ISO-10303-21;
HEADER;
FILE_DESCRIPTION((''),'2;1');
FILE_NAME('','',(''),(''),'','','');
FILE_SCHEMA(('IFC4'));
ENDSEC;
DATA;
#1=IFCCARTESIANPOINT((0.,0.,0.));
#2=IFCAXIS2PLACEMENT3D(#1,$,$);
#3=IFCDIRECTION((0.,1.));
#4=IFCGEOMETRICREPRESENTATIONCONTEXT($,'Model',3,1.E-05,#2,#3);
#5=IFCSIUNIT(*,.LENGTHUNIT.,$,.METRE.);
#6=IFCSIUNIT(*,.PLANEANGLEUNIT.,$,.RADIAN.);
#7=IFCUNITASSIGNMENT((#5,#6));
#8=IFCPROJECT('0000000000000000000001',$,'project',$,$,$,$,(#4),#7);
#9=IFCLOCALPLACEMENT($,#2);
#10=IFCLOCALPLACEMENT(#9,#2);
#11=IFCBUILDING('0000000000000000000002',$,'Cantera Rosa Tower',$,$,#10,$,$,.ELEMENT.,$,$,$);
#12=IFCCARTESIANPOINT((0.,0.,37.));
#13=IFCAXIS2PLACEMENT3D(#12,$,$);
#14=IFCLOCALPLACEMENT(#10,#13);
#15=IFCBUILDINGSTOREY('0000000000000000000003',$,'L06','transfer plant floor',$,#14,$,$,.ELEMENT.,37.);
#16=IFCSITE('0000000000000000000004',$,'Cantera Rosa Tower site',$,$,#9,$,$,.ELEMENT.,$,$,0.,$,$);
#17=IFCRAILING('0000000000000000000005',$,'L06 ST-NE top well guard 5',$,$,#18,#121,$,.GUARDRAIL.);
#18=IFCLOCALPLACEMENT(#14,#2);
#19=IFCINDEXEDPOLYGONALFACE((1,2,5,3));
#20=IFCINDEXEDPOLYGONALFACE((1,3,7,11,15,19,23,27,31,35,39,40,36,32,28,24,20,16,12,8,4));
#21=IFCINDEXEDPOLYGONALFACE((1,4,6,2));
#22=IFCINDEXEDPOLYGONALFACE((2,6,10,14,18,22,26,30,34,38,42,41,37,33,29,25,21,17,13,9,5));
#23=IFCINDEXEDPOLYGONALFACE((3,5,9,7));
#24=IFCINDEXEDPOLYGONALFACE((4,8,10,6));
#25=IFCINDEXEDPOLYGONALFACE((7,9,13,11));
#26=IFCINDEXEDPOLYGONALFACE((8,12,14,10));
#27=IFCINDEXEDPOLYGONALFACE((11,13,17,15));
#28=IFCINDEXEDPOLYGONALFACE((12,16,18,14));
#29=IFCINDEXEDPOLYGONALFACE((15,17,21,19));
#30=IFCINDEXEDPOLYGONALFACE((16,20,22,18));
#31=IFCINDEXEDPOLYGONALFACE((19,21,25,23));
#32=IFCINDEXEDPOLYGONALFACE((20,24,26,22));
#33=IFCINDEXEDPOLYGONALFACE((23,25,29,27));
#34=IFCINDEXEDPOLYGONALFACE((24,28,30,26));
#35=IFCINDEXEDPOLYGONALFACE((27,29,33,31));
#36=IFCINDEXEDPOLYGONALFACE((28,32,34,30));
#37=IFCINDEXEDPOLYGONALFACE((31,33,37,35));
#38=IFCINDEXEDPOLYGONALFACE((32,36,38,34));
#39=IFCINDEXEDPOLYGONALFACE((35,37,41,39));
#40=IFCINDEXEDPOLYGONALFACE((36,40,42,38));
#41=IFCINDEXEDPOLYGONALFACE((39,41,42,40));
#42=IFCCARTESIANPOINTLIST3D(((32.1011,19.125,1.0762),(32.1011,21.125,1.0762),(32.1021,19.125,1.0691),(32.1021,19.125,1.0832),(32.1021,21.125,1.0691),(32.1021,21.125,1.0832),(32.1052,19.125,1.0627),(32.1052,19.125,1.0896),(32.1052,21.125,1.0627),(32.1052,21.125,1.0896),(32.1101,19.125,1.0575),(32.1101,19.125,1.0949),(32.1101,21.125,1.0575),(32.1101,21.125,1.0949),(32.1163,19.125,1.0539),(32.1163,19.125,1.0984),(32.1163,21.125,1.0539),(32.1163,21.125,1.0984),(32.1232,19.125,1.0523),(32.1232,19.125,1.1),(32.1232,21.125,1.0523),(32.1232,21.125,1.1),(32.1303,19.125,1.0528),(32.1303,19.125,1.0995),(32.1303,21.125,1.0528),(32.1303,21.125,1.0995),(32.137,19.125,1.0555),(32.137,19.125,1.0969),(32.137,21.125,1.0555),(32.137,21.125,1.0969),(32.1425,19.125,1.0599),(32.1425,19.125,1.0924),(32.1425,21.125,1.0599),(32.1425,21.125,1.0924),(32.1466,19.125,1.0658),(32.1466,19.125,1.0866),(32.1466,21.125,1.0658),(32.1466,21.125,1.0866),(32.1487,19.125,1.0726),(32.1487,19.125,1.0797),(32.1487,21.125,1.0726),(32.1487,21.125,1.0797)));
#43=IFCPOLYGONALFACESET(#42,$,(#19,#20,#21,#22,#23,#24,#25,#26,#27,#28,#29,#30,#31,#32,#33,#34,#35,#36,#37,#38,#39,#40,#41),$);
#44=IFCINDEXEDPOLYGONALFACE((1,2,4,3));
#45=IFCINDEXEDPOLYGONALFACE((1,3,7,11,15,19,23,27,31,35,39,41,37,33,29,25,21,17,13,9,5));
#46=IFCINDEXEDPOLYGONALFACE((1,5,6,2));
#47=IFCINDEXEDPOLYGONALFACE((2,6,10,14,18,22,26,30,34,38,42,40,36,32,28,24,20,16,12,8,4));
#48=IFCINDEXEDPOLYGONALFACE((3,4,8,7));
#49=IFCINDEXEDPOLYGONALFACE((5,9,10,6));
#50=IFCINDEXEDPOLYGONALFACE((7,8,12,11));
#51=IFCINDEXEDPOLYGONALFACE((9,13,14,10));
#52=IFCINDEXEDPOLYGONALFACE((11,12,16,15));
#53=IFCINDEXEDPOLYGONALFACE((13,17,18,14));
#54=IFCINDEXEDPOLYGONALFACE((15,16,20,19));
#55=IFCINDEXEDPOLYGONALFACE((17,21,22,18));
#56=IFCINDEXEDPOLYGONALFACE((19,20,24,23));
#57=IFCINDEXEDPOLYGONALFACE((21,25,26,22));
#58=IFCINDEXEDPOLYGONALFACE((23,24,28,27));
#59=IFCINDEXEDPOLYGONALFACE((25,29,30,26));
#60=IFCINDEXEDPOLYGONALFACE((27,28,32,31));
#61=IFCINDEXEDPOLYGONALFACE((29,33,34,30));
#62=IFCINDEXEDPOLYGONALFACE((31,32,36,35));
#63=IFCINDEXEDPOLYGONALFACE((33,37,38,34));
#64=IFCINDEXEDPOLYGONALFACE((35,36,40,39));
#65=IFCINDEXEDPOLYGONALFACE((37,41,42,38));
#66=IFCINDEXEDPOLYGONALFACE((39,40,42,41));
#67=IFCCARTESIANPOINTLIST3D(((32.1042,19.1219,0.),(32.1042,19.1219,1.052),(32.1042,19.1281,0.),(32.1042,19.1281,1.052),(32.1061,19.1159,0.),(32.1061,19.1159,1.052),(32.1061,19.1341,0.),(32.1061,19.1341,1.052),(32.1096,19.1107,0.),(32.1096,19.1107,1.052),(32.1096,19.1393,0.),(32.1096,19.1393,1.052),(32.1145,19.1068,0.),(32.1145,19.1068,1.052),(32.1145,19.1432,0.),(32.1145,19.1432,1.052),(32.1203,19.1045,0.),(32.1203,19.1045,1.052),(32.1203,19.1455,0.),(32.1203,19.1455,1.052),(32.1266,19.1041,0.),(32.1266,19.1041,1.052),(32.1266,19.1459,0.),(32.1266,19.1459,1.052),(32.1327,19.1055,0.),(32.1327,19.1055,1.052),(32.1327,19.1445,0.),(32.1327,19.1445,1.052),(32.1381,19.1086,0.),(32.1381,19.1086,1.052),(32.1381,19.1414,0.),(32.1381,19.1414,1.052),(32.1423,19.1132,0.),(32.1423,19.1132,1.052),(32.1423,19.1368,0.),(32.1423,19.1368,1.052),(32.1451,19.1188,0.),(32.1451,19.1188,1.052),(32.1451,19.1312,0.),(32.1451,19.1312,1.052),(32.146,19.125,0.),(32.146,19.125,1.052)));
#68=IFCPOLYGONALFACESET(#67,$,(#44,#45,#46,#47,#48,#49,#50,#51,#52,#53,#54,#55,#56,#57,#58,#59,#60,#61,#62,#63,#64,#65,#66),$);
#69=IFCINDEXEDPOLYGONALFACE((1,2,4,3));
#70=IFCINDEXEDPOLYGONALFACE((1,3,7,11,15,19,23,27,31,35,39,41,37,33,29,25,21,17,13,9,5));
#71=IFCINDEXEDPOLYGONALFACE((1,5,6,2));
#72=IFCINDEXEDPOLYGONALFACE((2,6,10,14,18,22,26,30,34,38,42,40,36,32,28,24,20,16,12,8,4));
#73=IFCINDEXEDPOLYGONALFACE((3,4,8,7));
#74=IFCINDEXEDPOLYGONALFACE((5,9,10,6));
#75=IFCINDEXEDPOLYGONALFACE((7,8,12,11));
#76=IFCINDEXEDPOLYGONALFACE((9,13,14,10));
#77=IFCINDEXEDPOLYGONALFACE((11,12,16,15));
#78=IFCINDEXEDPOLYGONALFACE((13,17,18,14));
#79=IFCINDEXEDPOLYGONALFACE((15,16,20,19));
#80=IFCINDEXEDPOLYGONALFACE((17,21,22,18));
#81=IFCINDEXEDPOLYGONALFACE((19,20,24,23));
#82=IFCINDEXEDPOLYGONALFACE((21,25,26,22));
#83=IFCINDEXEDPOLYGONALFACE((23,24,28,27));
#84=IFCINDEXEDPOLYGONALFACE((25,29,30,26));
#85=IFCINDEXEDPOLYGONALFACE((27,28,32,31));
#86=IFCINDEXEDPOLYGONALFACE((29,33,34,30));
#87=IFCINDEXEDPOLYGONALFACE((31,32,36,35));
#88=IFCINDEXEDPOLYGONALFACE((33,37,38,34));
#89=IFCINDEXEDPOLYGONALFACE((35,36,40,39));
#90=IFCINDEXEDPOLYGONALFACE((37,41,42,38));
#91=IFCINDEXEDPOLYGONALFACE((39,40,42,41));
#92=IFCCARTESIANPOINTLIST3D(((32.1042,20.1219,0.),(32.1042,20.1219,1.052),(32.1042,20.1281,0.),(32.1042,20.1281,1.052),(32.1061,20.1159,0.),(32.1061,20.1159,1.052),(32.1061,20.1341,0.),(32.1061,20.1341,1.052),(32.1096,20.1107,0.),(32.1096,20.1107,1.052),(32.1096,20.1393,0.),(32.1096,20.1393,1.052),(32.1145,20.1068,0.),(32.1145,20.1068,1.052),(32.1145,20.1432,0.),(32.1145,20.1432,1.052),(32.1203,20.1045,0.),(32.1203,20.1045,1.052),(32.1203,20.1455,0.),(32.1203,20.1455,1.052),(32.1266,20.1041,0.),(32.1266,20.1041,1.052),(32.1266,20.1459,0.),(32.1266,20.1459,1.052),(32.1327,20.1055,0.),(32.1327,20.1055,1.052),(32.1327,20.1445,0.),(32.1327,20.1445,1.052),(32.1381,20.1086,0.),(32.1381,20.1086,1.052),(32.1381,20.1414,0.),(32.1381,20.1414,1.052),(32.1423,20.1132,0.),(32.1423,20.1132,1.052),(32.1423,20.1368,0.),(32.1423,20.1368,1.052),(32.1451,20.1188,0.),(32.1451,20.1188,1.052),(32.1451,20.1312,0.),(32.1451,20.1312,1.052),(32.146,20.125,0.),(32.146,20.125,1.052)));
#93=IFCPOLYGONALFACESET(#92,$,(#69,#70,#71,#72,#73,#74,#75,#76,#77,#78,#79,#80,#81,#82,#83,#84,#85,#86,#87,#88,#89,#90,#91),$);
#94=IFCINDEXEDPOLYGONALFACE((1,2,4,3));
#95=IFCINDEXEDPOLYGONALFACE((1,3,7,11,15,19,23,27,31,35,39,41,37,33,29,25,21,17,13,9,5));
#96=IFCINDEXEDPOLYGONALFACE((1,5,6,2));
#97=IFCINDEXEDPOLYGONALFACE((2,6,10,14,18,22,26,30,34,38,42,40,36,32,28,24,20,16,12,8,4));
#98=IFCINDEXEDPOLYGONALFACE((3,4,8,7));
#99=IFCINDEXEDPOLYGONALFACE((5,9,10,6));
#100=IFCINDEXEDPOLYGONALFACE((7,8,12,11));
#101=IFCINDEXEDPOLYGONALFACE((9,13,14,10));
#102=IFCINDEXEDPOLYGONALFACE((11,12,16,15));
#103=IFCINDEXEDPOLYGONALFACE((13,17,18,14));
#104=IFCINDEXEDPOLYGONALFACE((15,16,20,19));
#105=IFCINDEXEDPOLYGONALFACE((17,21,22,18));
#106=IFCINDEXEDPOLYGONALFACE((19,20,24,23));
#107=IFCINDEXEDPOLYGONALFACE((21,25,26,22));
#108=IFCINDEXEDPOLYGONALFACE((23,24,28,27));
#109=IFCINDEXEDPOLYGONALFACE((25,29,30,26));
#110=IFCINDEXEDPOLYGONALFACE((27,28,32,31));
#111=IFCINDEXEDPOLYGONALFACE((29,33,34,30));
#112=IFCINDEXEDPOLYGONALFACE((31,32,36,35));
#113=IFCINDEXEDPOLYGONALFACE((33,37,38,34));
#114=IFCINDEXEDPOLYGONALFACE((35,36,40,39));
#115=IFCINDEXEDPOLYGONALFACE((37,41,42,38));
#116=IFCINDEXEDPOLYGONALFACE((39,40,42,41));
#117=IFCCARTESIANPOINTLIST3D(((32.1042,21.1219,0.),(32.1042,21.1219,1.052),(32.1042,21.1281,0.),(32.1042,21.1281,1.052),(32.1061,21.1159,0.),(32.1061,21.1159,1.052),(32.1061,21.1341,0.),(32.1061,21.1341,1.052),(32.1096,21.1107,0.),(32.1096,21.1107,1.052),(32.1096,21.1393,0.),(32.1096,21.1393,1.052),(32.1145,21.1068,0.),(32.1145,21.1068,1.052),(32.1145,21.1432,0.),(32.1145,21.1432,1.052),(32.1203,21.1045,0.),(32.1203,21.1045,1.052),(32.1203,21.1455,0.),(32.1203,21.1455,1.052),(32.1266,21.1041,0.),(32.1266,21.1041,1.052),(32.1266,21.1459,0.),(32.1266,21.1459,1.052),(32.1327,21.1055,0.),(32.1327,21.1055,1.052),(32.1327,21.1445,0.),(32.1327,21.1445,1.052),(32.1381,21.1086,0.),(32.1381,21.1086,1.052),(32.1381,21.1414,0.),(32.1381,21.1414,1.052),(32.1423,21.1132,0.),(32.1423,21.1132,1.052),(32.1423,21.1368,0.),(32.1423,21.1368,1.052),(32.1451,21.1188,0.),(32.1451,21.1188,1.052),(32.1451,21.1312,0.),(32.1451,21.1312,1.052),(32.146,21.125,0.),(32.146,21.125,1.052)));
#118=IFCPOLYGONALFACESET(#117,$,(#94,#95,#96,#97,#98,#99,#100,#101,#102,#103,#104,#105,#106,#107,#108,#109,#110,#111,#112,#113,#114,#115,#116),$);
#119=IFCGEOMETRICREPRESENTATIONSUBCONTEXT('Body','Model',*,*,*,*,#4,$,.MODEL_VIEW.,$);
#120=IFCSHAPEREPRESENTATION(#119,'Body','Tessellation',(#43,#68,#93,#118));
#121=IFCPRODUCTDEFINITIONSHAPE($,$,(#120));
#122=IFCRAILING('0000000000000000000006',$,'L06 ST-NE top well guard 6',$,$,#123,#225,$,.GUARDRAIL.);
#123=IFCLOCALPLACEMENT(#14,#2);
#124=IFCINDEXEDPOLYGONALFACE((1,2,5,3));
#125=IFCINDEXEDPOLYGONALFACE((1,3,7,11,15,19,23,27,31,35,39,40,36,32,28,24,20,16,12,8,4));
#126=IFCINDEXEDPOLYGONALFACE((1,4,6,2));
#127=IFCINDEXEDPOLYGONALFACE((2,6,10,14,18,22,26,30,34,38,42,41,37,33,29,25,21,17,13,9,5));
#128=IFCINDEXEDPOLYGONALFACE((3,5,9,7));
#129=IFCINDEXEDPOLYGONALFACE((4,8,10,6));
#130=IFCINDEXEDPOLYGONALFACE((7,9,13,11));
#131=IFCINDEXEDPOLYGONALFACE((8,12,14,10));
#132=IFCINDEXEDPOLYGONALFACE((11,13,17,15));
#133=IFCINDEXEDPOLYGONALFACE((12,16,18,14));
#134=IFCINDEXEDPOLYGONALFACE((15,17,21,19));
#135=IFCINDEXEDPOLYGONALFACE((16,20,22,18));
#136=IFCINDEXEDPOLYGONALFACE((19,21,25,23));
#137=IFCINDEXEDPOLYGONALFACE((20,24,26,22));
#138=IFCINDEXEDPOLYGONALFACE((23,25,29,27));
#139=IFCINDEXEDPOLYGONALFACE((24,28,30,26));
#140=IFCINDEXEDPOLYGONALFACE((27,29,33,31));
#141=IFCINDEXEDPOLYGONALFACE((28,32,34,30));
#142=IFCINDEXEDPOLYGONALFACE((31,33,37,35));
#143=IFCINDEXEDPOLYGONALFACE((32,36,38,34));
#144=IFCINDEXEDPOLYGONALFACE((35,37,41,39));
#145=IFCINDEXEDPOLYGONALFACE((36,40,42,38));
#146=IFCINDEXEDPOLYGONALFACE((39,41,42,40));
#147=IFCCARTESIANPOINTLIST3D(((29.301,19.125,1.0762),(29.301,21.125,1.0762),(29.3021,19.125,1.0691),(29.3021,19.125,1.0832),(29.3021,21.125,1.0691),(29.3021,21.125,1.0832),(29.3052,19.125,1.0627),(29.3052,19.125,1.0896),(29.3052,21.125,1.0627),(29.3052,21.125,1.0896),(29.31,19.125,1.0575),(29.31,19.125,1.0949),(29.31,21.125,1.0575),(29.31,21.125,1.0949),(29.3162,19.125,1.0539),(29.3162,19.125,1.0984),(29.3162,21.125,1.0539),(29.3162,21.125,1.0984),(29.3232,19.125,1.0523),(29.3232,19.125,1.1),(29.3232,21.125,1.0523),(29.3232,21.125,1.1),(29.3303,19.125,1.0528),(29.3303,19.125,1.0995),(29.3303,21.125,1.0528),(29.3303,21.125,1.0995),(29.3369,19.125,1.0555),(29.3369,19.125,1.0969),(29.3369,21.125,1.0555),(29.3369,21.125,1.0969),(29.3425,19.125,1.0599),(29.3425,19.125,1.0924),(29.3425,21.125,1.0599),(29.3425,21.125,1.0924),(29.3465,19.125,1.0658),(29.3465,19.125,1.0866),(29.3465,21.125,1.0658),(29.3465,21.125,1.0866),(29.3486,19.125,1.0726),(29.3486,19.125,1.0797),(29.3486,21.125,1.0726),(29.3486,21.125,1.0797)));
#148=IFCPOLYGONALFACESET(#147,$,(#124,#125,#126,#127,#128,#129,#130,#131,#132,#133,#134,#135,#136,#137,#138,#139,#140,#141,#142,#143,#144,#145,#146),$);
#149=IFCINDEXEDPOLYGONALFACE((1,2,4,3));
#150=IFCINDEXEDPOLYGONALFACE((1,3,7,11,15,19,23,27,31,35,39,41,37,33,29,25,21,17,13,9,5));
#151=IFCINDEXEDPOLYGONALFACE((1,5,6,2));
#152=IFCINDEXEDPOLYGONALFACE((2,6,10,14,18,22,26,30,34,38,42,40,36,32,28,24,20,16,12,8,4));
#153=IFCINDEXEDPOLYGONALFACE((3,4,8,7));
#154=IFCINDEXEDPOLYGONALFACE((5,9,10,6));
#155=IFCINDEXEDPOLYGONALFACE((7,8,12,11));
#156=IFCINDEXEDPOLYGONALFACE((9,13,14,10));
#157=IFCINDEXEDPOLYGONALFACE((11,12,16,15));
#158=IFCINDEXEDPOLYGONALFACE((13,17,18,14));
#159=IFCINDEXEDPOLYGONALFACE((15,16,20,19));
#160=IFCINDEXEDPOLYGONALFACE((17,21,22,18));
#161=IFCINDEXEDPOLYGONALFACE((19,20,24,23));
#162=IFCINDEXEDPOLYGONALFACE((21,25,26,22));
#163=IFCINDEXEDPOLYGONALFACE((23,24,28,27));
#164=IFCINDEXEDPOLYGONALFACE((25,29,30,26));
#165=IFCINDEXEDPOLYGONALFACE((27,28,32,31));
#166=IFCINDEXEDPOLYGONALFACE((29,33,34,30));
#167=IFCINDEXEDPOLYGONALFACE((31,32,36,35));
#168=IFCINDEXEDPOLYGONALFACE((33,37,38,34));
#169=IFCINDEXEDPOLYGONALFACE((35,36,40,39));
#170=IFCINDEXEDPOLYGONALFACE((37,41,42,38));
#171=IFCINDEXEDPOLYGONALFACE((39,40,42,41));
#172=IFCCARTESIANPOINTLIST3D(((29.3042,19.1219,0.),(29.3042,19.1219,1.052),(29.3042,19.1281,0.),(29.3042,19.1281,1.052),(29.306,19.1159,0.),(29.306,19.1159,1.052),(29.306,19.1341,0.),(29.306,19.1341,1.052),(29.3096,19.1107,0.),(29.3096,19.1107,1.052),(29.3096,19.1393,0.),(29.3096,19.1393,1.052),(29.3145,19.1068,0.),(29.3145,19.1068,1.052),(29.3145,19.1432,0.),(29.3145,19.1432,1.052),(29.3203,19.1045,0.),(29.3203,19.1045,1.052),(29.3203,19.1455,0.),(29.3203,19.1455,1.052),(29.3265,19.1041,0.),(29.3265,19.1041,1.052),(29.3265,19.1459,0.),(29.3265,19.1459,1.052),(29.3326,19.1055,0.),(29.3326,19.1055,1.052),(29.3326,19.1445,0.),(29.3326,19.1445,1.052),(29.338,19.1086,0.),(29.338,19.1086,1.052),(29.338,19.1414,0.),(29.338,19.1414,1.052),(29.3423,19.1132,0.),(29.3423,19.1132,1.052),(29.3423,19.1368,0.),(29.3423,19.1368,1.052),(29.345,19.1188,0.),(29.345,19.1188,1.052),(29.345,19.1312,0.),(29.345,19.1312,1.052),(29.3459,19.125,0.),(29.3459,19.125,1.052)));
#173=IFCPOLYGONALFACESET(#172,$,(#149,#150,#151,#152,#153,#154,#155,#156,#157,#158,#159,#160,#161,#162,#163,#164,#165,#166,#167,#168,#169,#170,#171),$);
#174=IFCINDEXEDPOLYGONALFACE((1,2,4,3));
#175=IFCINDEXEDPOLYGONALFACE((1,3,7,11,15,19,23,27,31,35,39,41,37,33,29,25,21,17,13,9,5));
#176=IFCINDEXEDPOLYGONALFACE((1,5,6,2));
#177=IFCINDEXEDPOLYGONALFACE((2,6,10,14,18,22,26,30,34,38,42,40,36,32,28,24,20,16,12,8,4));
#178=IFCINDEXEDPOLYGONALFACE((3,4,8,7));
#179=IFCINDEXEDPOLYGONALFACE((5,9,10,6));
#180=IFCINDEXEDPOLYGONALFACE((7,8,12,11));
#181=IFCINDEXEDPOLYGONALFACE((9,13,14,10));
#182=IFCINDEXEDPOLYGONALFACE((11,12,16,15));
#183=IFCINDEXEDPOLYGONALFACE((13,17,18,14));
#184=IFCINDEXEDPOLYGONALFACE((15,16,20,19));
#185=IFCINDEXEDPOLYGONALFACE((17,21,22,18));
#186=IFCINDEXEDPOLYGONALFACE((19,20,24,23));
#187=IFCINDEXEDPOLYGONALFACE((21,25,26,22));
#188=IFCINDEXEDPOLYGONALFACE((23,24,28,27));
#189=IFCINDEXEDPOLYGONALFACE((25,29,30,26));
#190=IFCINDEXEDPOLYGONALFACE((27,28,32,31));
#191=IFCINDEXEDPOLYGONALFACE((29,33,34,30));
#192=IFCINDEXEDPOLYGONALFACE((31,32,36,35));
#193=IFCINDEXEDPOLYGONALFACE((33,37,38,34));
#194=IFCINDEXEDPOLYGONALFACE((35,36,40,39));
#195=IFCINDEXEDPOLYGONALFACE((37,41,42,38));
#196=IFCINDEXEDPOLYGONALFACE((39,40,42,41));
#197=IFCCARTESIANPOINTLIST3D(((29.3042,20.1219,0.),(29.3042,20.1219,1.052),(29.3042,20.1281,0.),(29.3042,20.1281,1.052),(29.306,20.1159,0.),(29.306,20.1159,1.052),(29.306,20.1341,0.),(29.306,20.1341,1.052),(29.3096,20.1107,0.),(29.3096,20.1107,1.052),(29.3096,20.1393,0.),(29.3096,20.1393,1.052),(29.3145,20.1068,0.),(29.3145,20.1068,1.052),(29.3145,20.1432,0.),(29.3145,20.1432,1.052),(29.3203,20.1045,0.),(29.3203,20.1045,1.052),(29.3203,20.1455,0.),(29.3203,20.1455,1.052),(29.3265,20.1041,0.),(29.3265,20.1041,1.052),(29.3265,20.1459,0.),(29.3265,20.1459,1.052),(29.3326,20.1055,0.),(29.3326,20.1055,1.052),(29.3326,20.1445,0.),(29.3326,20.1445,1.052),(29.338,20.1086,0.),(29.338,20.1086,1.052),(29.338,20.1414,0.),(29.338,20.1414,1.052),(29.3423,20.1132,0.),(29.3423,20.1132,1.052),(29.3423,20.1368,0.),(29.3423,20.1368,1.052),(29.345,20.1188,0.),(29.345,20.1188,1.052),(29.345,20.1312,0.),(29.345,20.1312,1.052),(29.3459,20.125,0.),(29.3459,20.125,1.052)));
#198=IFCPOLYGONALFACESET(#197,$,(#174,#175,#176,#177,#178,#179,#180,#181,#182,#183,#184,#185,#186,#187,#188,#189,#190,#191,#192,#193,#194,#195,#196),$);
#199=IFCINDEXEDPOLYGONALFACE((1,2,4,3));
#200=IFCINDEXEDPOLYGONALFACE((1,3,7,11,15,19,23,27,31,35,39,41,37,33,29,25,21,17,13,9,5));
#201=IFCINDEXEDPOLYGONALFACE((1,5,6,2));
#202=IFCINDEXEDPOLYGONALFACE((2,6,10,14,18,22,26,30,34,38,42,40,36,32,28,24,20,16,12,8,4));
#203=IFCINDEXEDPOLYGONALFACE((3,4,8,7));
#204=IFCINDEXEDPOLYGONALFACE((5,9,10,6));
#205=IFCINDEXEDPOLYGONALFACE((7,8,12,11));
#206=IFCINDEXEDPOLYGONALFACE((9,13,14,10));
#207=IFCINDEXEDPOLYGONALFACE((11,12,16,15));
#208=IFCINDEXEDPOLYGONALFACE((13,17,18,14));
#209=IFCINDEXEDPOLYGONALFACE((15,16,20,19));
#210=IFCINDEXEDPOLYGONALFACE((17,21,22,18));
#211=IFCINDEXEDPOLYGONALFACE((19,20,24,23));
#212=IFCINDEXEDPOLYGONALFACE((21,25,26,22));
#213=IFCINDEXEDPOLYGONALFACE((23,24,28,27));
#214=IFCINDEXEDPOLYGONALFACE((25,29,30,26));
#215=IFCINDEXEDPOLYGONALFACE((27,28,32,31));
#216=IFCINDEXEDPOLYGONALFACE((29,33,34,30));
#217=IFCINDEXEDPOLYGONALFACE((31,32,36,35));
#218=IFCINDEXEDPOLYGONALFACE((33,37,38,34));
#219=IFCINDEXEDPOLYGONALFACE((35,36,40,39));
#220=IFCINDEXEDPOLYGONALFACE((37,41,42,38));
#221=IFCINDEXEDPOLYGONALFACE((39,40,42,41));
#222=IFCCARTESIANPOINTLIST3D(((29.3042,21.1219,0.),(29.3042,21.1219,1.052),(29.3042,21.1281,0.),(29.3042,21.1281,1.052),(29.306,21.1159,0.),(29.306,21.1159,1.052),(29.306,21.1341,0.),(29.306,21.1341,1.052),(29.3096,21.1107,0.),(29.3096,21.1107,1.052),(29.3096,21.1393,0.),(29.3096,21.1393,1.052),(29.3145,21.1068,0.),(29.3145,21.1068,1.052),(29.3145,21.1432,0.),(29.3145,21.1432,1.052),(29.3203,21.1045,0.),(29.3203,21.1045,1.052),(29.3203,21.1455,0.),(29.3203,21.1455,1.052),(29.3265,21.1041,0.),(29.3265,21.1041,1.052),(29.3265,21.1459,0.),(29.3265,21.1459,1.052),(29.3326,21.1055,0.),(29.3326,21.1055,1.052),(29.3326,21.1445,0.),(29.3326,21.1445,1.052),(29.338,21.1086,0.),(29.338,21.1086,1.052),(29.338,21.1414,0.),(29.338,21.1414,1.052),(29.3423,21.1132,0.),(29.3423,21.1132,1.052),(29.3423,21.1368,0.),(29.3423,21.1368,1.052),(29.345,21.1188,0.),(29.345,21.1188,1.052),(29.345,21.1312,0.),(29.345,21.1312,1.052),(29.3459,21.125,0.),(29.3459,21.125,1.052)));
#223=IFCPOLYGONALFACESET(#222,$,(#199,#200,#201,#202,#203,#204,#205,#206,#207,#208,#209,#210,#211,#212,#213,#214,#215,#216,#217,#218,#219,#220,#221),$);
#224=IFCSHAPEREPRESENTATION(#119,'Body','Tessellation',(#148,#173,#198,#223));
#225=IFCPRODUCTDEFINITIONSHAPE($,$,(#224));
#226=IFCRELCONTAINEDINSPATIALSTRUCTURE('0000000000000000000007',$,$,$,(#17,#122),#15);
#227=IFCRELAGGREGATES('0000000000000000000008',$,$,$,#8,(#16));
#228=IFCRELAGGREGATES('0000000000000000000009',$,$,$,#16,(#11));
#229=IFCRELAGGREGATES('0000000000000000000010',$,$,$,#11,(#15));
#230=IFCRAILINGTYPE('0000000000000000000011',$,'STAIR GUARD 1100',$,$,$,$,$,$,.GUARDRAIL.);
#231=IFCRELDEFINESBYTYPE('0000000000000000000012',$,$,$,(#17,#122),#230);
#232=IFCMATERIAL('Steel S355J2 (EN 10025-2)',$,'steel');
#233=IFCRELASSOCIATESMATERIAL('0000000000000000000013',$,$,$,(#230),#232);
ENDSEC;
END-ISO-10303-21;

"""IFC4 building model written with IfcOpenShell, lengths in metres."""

from ifc_helpers import new_model, si_unit, direction, frame, origin, origin_2d, place, context, subcontext, project, spatial, circle, extrude, material, type_object, element, save


model = new_model("IFC4")

# Units and contexts
model_context = context("Model", 3, precision=1e-05, world=origin(), true_north=direction((0.0, 1.0)))
body_context = subcontext(model_context, "Body", "Model", "MODEL_VIEW")
ifc_project = project(units=[si_unit("LENGTHUNIT", "METRE"), si_unit("PLANEANGLEUNIT", "RADIAN")], contexts=[model_context])

# Site, building, storey
site_placement = place(None, origin())
site = spatial("IfcSite", under=ifc_project, at=site_placement, Name="Cantera Rosa Tower site", CompositionType="ELEMENT", RefElevation=0.0)
building_placement = place(site_placement, origin())
building = spatial("IfcBuilding", under=site, at=building_placement, Name="Cantera Rosa Tower", CompositionType="ELEMENT")
storey_placement = place(building_placement, frame((0.0, 0.0, 37.0)))
storey = spatial("IfcBuildingStorey", under=building, at=storey_placement, Name="L06", Description="transfer plant floor", CompositionType="ELEMENT", Elevation=37.0)

# Railings
ifc_material_1 = material(Name="Steel S355J2 (EN 10025-2)", Category="steel")
railing_type = type_object("IfcRailingType", Name="STAIR GUARD 1100", PredefinedType="GUARDRAIL", material=ifc_material_1)
for number, where, name in (
    (1, (32.125, 19.125, 0.0), "L06 ST-NE top well guard 5"),
    (2, (29.325, 19.125, 0.0), "L06 ST-NE top well guard 6"),
):
    element("IfcRailing", number, at=place(storey_placement, frame(where)), inside=storey, type_object=railing_type, Name=name, PredefinedType="GUARDRAIL", context=body_context, shape_type="SweptSolid", body=[
        extrude(circle(Radius=0.0239, at=origin_2d()), frame((0.0, 0.0, 1.0762), z_axis=(0.0, 1.0, 0.0), x_axis=(-1.0, 0.0, 0.0)), (0.0, 0.0, 1.0), 2.0),
        extrude(circle(Radius=0.021, at=origin_2d()), origin(), (0.0, 0.0, 1.0), 1.052),
        extrude(circle(Radius=0.021, at=origin_2d()), frame((0.0, 1.0, 0.0)), (0.0, 0.0, 1.0), 1.052),
        extrude(circle(Radius=0.021, at=origin_2d()), frame((0.0, 2.0, 0.0)), (0.0, 0.0, 1.0), 1.052),
    ])

save(model, "model.ifc")
